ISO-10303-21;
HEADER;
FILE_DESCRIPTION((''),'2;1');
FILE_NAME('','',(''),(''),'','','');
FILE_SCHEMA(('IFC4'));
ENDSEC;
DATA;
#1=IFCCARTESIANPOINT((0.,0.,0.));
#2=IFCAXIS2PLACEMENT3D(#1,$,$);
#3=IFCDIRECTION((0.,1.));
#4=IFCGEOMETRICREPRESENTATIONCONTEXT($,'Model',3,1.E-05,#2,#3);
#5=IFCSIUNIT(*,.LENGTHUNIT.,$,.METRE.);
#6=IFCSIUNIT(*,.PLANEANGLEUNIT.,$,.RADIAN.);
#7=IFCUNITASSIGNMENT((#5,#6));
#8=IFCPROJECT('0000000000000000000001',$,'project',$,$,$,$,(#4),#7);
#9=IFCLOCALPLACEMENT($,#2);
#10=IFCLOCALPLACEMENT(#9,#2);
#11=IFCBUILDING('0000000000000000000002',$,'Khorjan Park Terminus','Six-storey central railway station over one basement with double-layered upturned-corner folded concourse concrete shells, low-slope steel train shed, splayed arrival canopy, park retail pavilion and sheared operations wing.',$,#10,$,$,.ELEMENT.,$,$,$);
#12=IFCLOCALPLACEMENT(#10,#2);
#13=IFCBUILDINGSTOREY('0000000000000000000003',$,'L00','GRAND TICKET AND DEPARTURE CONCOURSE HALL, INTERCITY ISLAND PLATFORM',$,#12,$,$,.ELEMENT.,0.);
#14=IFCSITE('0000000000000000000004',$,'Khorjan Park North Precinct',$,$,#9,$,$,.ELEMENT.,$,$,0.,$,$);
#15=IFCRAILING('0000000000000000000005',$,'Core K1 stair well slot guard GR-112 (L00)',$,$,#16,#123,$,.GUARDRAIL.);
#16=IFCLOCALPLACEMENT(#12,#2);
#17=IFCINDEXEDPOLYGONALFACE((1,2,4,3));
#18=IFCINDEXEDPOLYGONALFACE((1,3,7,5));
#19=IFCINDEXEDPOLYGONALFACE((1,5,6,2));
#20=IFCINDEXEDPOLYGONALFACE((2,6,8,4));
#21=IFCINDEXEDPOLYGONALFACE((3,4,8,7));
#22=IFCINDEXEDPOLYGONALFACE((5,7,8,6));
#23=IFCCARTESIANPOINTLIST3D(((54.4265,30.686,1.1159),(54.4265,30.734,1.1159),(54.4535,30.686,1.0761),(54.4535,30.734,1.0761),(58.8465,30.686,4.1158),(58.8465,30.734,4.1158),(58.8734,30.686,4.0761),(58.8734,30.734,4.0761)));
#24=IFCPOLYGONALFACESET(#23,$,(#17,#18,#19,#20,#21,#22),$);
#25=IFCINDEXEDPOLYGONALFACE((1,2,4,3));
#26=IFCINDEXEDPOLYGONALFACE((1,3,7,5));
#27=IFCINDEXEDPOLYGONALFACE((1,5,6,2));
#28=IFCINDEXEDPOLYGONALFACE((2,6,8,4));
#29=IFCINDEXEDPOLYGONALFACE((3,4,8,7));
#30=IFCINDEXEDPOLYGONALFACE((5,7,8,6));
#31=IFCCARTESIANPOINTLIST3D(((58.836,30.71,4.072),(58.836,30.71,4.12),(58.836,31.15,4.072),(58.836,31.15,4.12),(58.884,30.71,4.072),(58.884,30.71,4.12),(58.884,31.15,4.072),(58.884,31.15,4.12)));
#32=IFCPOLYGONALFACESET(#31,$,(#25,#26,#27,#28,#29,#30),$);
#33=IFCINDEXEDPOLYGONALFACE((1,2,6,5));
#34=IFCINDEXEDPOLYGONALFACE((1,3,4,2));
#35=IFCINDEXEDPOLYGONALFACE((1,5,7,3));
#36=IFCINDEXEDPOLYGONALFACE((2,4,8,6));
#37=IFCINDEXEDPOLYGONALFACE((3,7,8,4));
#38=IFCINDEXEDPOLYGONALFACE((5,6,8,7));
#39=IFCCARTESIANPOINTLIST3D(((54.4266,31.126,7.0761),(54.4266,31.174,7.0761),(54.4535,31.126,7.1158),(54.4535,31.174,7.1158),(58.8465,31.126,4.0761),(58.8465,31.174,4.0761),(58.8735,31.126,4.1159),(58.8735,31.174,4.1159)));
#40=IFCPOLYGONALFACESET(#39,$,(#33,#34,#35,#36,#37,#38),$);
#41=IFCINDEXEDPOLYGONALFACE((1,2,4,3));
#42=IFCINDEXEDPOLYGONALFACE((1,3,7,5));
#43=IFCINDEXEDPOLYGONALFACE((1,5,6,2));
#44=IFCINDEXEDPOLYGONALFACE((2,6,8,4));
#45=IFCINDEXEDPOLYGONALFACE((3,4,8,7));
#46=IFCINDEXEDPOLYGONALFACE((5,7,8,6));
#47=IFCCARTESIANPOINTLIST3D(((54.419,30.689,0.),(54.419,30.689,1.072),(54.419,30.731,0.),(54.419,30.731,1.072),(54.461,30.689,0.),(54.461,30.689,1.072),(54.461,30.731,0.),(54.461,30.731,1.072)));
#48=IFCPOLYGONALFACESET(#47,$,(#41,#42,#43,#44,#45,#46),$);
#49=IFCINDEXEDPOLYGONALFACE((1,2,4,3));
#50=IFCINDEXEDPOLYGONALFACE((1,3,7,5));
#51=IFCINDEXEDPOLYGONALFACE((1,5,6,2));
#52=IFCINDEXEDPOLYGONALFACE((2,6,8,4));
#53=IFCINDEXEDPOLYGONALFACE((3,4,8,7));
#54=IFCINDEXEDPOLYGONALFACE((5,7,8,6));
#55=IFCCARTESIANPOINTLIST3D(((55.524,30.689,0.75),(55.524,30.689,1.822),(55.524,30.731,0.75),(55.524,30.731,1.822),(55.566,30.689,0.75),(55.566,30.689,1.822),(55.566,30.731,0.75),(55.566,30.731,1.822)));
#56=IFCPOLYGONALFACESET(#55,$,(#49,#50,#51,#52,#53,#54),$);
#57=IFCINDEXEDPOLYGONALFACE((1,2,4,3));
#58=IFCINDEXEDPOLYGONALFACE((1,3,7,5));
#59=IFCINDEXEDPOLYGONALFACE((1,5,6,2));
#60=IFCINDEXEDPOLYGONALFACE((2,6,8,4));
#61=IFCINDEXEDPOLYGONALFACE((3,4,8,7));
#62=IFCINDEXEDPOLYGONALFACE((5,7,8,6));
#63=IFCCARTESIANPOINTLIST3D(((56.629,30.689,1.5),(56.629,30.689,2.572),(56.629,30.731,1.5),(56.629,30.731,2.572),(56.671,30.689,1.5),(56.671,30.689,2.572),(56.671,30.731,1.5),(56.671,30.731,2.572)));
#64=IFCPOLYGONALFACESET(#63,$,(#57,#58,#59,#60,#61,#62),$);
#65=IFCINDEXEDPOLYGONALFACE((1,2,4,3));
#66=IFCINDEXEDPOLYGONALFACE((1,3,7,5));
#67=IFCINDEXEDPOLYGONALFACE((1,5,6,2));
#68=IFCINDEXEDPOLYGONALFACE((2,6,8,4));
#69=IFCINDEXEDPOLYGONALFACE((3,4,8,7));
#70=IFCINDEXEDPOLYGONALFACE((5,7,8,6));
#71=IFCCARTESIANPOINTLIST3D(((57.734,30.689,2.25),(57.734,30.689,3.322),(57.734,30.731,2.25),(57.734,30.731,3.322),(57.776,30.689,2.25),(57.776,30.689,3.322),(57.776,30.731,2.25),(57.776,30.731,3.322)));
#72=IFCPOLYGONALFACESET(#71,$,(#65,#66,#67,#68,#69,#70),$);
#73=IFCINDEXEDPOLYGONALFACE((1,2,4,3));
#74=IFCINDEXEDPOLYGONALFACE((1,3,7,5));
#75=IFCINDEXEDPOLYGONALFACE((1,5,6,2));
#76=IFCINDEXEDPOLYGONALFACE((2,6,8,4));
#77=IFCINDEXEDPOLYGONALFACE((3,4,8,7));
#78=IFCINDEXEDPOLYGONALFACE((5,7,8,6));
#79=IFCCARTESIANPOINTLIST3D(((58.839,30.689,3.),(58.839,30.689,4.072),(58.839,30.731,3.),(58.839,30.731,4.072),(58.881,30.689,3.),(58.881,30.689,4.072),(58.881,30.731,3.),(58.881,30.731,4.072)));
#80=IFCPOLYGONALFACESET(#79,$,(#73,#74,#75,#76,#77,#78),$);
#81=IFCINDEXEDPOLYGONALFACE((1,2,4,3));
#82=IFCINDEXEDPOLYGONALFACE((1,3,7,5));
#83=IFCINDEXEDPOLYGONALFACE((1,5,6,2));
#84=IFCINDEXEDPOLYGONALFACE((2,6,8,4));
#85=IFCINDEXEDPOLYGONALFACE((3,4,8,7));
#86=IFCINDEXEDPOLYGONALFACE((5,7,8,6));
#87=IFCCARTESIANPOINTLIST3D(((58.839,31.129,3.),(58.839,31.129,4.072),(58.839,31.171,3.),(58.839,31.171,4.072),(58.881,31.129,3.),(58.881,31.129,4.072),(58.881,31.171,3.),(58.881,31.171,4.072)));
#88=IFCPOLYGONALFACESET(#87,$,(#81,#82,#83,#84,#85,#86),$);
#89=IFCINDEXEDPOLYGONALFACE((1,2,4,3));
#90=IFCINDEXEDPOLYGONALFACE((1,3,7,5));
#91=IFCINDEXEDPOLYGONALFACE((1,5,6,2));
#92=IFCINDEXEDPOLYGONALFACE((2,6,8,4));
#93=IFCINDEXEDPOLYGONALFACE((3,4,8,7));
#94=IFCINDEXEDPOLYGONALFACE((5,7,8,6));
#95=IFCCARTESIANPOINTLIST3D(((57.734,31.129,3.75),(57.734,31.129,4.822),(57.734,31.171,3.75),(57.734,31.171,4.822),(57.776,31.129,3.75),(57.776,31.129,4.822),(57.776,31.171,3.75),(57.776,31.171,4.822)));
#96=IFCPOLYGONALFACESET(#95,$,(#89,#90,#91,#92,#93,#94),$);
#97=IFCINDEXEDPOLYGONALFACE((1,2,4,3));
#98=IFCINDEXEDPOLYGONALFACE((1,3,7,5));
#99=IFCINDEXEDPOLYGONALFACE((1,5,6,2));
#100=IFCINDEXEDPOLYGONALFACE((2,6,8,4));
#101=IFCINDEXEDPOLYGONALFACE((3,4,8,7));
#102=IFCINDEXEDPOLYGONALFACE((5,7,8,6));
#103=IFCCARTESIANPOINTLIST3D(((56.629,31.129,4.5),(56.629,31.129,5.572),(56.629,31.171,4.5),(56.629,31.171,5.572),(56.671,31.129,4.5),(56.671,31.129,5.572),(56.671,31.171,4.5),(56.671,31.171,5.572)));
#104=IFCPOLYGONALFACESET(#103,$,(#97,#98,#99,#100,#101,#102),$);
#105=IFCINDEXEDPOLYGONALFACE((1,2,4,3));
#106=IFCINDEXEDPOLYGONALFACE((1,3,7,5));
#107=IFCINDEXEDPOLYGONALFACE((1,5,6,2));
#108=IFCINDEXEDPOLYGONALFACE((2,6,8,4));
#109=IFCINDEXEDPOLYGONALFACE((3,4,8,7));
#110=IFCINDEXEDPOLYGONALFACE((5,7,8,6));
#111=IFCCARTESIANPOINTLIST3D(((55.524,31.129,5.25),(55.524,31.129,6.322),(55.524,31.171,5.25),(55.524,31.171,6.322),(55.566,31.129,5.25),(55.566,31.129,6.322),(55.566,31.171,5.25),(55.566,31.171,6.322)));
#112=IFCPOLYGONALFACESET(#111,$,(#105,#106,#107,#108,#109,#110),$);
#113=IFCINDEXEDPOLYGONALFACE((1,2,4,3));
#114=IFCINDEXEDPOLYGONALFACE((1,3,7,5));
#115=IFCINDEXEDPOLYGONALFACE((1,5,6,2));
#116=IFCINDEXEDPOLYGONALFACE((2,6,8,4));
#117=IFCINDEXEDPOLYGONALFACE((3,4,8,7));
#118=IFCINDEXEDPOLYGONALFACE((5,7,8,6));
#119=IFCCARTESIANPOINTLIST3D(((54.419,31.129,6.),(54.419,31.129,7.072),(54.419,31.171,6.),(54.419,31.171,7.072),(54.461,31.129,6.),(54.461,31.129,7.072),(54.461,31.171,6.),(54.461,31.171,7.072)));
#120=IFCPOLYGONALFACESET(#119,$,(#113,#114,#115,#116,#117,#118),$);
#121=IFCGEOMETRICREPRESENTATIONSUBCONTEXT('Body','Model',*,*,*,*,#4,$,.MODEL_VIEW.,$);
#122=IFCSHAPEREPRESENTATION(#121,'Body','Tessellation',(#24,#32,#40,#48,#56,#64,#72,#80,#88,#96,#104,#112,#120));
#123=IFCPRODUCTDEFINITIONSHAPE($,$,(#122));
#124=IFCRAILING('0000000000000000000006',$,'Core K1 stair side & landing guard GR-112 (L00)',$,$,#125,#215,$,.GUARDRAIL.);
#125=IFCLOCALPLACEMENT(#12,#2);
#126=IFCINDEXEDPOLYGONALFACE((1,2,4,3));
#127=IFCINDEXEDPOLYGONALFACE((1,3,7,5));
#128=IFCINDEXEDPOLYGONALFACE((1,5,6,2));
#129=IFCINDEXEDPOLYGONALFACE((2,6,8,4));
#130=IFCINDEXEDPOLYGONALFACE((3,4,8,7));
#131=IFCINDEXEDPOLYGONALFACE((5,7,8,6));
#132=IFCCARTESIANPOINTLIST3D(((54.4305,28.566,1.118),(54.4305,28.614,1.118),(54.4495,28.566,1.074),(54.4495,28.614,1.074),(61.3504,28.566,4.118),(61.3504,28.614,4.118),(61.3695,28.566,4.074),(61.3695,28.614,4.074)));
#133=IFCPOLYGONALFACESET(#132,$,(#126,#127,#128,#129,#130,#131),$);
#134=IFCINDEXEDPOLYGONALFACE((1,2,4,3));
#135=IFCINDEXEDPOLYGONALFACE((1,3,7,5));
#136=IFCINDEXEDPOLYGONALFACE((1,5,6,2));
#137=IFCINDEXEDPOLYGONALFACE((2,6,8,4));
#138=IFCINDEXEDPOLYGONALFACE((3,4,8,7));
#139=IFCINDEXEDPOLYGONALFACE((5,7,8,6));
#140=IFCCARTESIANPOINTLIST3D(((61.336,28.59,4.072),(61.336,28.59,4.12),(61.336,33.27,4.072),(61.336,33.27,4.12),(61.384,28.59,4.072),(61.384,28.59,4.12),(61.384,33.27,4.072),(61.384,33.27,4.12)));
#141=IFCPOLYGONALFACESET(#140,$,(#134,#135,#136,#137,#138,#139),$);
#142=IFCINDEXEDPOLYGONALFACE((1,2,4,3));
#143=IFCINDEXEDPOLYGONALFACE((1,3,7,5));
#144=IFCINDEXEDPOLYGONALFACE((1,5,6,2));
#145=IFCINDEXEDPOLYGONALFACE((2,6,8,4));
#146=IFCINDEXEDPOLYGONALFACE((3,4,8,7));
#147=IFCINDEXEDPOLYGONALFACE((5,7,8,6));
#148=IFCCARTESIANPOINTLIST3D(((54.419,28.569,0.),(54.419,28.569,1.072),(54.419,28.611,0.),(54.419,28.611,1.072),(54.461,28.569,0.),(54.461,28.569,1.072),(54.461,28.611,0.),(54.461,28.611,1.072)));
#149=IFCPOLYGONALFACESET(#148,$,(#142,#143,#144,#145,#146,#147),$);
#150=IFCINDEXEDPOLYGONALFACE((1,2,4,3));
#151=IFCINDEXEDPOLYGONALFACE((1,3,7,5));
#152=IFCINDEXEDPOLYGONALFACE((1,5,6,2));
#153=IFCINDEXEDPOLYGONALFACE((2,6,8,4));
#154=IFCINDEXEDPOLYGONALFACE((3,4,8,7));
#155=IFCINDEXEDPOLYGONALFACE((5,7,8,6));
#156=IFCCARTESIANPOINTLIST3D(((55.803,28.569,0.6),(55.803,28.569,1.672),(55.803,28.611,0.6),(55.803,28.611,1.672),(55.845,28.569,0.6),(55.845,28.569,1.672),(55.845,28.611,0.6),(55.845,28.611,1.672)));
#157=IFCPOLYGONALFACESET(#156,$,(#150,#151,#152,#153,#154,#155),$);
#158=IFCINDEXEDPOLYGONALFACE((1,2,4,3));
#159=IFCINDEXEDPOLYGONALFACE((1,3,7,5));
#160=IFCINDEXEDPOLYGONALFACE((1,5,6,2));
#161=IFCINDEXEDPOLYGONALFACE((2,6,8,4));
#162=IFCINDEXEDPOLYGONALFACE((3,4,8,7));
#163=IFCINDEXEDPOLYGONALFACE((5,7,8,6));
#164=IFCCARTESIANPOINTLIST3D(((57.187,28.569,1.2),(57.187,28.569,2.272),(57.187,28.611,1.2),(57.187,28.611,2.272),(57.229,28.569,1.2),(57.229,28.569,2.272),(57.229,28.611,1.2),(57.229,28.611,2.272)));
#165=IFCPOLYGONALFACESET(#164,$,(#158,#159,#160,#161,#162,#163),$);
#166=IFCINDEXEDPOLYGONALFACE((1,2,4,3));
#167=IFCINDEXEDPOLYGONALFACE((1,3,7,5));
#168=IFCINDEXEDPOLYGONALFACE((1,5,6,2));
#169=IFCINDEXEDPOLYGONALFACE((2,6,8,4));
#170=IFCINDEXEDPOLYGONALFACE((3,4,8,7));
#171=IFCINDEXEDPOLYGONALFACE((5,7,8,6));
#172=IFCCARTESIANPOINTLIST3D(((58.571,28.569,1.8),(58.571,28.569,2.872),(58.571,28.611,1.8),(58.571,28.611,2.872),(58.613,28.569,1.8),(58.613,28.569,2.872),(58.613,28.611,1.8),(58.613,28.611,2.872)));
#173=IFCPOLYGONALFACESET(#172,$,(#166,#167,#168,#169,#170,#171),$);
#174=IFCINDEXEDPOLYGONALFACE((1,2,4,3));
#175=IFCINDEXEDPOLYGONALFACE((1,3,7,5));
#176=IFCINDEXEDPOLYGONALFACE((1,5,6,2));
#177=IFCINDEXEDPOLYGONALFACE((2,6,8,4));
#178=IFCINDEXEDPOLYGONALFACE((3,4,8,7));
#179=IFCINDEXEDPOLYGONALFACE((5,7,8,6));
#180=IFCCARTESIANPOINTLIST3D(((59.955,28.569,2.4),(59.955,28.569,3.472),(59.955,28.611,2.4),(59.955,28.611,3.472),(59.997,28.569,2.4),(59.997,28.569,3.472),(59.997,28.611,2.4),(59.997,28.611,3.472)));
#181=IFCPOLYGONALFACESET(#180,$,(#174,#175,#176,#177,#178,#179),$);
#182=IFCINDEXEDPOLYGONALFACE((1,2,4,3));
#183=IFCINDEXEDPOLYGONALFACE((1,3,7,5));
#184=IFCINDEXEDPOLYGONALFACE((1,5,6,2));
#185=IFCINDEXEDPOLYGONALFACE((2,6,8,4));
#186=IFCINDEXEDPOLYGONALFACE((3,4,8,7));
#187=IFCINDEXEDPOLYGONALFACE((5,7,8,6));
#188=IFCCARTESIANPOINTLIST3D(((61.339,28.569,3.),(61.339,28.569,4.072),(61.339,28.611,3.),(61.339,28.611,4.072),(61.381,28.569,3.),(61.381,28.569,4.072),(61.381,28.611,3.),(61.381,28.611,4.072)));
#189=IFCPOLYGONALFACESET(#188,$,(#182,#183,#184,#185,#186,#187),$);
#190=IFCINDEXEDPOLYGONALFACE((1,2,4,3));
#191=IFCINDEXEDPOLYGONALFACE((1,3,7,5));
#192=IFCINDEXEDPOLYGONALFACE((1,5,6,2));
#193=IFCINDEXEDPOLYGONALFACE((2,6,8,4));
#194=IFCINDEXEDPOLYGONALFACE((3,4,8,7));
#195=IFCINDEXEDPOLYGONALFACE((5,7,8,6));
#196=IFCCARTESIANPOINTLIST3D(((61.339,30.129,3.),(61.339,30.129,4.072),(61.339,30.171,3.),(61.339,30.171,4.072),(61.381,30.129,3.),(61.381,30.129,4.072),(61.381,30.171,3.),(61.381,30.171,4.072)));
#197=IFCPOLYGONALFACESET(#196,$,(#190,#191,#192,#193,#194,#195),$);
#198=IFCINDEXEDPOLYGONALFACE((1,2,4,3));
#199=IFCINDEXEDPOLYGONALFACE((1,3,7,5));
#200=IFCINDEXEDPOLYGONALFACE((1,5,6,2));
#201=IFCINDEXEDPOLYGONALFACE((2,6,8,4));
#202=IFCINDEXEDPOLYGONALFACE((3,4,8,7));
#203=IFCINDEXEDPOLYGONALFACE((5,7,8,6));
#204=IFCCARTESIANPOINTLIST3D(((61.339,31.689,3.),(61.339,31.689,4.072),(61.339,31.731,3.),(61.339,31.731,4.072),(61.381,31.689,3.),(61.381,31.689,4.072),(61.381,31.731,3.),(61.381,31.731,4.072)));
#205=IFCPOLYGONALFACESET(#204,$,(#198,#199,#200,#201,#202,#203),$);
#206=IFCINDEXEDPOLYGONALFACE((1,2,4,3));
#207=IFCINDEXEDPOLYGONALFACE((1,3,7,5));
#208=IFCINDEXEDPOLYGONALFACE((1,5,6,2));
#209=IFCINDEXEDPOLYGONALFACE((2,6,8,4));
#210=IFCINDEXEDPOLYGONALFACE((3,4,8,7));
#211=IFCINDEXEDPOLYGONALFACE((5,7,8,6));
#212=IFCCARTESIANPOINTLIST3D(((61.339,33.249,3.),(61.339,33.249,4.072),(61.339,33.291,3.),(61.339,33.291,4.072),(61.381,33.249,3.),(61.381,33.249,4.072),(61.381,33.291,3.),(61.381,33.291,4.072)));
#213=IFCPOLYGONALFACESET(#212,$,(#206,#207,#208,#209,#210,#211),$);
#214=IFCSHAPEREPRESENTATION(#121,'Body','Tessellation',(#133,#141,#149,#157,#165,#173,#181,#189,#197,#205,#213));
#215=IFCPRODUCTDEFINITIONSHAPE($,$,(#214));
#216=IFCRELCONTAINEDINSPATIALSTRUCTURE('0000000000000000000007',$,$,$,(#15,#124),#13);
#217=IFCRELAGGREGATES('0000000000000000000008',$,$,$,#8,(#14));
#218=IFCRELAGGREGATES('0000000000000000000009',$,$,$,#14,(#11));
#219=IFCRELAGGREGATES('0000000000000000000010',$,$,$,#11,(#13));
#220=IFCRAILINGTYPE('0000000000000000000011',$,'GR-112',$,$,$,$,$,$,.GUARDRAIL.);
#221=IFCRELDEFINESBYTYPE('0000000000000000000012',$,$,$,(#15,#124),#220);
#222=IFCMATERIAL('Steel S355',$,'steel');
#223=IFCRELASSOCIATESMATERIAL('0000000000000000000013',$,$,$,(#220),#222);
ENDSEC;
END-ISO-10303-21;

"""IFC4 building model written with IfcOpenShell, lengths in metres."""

from ifc_helpers import new_model, si_unit, direction, frame, origin, origin_2d, place, context, subcontext, project, spatial, rectangle, extrude, material, type_object, element, save


model = new_model("IFC4")

# Units and contexts
model_context = context("Model", 3, precision=1e-05, world=origin(), true_north=direction((0.0, 1.0)))
body_context = subcontext(model_context, "Body", "Model", "MODEL_VIEW")
ifc_project = project(units=[si_unit("LENGTHUNIT", "METRE"), si_unit("PLANEANGLEUNIT", "RADIAN")], contexts=[model_context])

# Site, building, storey
site_placement = place(None, origin())
site = spatial("IfcSite", under=ifc_project, at=site_placement, Name="Khorjan Park North Precinct", CompositionType="ELEMENT", RefElevation=0.0)
building_placement = place(site_placement, origin())
building = spatial("IfcBuilding", under=site, at=building_placement, Name="Khorjan Park Terminus", Description="Six-storey central railway station over one basement with double-layered upturned-corner folded concourse concrete shells, low-slope steel train shed, splayed arrival canopy, park retail pavilion and sheared operations wing.", CompositionType="ELEMENT")
storey_placement = place(building_placement, origin())
storey = spatial("IfcBuildingStorey", under=building, at=storey_placement, Name="L00", Description="GRAND TICKET AND DEPARTURE CONCOURSE HALL, INTERCITY ISLAND PLATFORM", CompositionType="ELEMENT", Elevation=0.0)

# Railings
ifc_material_1 = material(Name="Steel S355", Category="steel")
railing_type_1 = type_object("IfcRailingType", Name="GR-112", PredefinedType="GUARDRAIL", material=ifc_material_1)
railing_1_placement = place(storey_placement, frame((54.44, 30.71, 0.0)))
element("IfcRailing", 1, at=railing_1_placement, inside=storey, type_object=railing_type_1, Name="Core K1 stair well slot guard GR-112 (L00)", PredefinedType="GUARDRAIL", context=body_context, shape_type="SweptSolid", body=[
    extrude(rectangle(XDim=0.048, YDim=0.048, at=origin_2d()), frame((0.0, 0.0, 1.096), z_axis=(0.827414, 0.0, 0.561593), x_axis=(0.0, 1.0, 0.0)), (0.0, 0.0, 1.0), 5.3419),
    extrude(rectangle(XDim=0.048, YDim=0.048, at=origin_2d()), frame((4.42, 0.0, 4.096), z_axis=(0.0, 1.0, 0.0), x_axis=(-1.0, 0.0, 0.0)), (0.0, 0.0, 1.0), 0.44),
    extrude(rectangle(XDim=0.048, YDim=0.048, at=origin_2d()), frame((4.42, 0.44, 4.096), z_axis=(-0.827414, 0.0, 0.561593), x_axis=(0.0, -1.0, 0.0)), (0.0, 0.0, 1.0), 5.3419),
    extrude(rectangle(XDim=0.042, YDim=0.042, at=origin_2d()), origin(), (0.0, 0.0, 1.0), 1.072),
    extrude(rectangle(XDim=0.042, YDim=0.042, at=origin_2d()), frame((1.105, 0.0, 0.75)), (0.0, 0.0, 1.0), 1.072),
    extrude(rectangle(XDim=0.042, YDim=0.042, at=origin_2d()), frame((2.21, 0.0, 1.5)), (0.0, 0.0, 1.0), 1.072),
    extrude(rectangle(XDim=0.042, YDim=0.042, at=origin_2d()), frame((3.315, 0.0, 2.25)), (0.0, 0.0, 1.0), 1.072),
    extrude(rectangle(XDim=0.042, YDim=0.042, at=origin_2d()), frame((4.42, 0.0, 3.0)), (0.0, 0.0, 1.0), 1.072),
    extrude(rectangle(XDim=0.042, YDim=0.042, at=origin_2d()), frame((4.42, 0.44, 3.0)), (0.0, 0.0, 1.0), 1.072),
    extrude(rectangle(XDim=0.042, YDim=0.042, at=origin_2d()), frame((3.315, 0.44, 3.75)), (0.0, 0.0, 1.0), 1.072),
    extrude(rectangle(XDim=0.042, YDim=0.042, at=origin_2d()), frame((2.21, 0.44, 4.5)), (0.0, 0.0, 1.0), 1.072),
    extrude(rectangle(XDim=0.042, YDim=0.042, at=origin_2d()), frame((1.105, 0.44, 5.25)), (0.0, 0.0, 1.0), 1.072),
    extrude(rectangle(XDim=0.042, YDim=0.042, at=origin_2d()), frame((0.0, 0.44, 6.0)), (0.0, 0.0, 1.0), 1.072),
])
railing_2_placement = place(storey_placement, frame((54.44, 28.59, 0.0)))
element("IfcRailing", 2, at=railing_2_placement, inside=storey, type_object=railing_type_1, Name="Core K1 stair side & landing guard GR-112 (L00)", PredefinedType="GUARDRAIL", context=body_context, shape_type="SweptSolid", body=[
    extrude(rectangle(XDim=0.048, YDim=0.048, at=origin_2d()), frame((0.0, 0.0, 1.096), z_axis=(0.917491, 0.0, 0.397756), x_axis=(0.0, 1.0, 0.0)), (0.0, 0.0, 1.0), 7.5423),
    extrude(rectangle(XDim=0.048, YDim=0.048, at=origin_2d()), frame((6.92, 0.0, 4.096), z_axis=(0.0, 1.0, 0.0), x_axis=(-1.0, 0.0, 0.0)), (0.0, 0.0, 1.0), 4.68),
    extrude(rectangle(XDim=0.042, YDim=0.042, at=origin_2d()), origin(), (0.0, 0.0, 1.0), 1.072),
    extrude(rectangle(XDim=0.042, YDim=0.042, at=origin_2d()), frame((1.384, 0.0, 0.6)), (0.0, 0.0, 1.0), 1.072),
    extrude(rectangle(XDim=0.042, YDim=0.042, at=origin_2d()), frame((2.768, 0.0, 1.2)), (0.0, 0.0, 1.0), 1.072),
    extrude(rectangle(XDim=0.042, YDim=0.042, at=origin_2d()), frame((4.152, 0.0, 1.8)), (0.0, 0.0, 1.0), 1.072),
    extrude(rectangle(XDim=0.042, YDim=0.042, at=origin_2d()), frame((5.536, 0.0, 2.4)), (0.0, 0.0, 1.0), 1.072),
    extrude(rectangle(XDim=0.042, YDim=0.042, at=origin_2d()), frame((6.92, 0.0, 3.0)), (0.0, 0.0, 1.0), 1.072),
    extrude(rectangle(XDim=0.042, YDim=0.042, at=origin_2d()), frame((6.92, 1.56, 3.0)), (0.0, 0.0, 1.0), 1.072),
    extrude(rectangle(XDim=0.042, YDim=0.042, at=origin_2d()), frame((6.92, 3.12, 3.0)), (0.0, 0.0, 1.0), 1.072),
    extrude(rectangle(XDim=0.042, YDim=0.042, at=origin_2d()), frame((6.92, 4.68, 3.0)), (0.0, 0.0, 1.0), 1.072),
])

save(model, "model.ifc")
